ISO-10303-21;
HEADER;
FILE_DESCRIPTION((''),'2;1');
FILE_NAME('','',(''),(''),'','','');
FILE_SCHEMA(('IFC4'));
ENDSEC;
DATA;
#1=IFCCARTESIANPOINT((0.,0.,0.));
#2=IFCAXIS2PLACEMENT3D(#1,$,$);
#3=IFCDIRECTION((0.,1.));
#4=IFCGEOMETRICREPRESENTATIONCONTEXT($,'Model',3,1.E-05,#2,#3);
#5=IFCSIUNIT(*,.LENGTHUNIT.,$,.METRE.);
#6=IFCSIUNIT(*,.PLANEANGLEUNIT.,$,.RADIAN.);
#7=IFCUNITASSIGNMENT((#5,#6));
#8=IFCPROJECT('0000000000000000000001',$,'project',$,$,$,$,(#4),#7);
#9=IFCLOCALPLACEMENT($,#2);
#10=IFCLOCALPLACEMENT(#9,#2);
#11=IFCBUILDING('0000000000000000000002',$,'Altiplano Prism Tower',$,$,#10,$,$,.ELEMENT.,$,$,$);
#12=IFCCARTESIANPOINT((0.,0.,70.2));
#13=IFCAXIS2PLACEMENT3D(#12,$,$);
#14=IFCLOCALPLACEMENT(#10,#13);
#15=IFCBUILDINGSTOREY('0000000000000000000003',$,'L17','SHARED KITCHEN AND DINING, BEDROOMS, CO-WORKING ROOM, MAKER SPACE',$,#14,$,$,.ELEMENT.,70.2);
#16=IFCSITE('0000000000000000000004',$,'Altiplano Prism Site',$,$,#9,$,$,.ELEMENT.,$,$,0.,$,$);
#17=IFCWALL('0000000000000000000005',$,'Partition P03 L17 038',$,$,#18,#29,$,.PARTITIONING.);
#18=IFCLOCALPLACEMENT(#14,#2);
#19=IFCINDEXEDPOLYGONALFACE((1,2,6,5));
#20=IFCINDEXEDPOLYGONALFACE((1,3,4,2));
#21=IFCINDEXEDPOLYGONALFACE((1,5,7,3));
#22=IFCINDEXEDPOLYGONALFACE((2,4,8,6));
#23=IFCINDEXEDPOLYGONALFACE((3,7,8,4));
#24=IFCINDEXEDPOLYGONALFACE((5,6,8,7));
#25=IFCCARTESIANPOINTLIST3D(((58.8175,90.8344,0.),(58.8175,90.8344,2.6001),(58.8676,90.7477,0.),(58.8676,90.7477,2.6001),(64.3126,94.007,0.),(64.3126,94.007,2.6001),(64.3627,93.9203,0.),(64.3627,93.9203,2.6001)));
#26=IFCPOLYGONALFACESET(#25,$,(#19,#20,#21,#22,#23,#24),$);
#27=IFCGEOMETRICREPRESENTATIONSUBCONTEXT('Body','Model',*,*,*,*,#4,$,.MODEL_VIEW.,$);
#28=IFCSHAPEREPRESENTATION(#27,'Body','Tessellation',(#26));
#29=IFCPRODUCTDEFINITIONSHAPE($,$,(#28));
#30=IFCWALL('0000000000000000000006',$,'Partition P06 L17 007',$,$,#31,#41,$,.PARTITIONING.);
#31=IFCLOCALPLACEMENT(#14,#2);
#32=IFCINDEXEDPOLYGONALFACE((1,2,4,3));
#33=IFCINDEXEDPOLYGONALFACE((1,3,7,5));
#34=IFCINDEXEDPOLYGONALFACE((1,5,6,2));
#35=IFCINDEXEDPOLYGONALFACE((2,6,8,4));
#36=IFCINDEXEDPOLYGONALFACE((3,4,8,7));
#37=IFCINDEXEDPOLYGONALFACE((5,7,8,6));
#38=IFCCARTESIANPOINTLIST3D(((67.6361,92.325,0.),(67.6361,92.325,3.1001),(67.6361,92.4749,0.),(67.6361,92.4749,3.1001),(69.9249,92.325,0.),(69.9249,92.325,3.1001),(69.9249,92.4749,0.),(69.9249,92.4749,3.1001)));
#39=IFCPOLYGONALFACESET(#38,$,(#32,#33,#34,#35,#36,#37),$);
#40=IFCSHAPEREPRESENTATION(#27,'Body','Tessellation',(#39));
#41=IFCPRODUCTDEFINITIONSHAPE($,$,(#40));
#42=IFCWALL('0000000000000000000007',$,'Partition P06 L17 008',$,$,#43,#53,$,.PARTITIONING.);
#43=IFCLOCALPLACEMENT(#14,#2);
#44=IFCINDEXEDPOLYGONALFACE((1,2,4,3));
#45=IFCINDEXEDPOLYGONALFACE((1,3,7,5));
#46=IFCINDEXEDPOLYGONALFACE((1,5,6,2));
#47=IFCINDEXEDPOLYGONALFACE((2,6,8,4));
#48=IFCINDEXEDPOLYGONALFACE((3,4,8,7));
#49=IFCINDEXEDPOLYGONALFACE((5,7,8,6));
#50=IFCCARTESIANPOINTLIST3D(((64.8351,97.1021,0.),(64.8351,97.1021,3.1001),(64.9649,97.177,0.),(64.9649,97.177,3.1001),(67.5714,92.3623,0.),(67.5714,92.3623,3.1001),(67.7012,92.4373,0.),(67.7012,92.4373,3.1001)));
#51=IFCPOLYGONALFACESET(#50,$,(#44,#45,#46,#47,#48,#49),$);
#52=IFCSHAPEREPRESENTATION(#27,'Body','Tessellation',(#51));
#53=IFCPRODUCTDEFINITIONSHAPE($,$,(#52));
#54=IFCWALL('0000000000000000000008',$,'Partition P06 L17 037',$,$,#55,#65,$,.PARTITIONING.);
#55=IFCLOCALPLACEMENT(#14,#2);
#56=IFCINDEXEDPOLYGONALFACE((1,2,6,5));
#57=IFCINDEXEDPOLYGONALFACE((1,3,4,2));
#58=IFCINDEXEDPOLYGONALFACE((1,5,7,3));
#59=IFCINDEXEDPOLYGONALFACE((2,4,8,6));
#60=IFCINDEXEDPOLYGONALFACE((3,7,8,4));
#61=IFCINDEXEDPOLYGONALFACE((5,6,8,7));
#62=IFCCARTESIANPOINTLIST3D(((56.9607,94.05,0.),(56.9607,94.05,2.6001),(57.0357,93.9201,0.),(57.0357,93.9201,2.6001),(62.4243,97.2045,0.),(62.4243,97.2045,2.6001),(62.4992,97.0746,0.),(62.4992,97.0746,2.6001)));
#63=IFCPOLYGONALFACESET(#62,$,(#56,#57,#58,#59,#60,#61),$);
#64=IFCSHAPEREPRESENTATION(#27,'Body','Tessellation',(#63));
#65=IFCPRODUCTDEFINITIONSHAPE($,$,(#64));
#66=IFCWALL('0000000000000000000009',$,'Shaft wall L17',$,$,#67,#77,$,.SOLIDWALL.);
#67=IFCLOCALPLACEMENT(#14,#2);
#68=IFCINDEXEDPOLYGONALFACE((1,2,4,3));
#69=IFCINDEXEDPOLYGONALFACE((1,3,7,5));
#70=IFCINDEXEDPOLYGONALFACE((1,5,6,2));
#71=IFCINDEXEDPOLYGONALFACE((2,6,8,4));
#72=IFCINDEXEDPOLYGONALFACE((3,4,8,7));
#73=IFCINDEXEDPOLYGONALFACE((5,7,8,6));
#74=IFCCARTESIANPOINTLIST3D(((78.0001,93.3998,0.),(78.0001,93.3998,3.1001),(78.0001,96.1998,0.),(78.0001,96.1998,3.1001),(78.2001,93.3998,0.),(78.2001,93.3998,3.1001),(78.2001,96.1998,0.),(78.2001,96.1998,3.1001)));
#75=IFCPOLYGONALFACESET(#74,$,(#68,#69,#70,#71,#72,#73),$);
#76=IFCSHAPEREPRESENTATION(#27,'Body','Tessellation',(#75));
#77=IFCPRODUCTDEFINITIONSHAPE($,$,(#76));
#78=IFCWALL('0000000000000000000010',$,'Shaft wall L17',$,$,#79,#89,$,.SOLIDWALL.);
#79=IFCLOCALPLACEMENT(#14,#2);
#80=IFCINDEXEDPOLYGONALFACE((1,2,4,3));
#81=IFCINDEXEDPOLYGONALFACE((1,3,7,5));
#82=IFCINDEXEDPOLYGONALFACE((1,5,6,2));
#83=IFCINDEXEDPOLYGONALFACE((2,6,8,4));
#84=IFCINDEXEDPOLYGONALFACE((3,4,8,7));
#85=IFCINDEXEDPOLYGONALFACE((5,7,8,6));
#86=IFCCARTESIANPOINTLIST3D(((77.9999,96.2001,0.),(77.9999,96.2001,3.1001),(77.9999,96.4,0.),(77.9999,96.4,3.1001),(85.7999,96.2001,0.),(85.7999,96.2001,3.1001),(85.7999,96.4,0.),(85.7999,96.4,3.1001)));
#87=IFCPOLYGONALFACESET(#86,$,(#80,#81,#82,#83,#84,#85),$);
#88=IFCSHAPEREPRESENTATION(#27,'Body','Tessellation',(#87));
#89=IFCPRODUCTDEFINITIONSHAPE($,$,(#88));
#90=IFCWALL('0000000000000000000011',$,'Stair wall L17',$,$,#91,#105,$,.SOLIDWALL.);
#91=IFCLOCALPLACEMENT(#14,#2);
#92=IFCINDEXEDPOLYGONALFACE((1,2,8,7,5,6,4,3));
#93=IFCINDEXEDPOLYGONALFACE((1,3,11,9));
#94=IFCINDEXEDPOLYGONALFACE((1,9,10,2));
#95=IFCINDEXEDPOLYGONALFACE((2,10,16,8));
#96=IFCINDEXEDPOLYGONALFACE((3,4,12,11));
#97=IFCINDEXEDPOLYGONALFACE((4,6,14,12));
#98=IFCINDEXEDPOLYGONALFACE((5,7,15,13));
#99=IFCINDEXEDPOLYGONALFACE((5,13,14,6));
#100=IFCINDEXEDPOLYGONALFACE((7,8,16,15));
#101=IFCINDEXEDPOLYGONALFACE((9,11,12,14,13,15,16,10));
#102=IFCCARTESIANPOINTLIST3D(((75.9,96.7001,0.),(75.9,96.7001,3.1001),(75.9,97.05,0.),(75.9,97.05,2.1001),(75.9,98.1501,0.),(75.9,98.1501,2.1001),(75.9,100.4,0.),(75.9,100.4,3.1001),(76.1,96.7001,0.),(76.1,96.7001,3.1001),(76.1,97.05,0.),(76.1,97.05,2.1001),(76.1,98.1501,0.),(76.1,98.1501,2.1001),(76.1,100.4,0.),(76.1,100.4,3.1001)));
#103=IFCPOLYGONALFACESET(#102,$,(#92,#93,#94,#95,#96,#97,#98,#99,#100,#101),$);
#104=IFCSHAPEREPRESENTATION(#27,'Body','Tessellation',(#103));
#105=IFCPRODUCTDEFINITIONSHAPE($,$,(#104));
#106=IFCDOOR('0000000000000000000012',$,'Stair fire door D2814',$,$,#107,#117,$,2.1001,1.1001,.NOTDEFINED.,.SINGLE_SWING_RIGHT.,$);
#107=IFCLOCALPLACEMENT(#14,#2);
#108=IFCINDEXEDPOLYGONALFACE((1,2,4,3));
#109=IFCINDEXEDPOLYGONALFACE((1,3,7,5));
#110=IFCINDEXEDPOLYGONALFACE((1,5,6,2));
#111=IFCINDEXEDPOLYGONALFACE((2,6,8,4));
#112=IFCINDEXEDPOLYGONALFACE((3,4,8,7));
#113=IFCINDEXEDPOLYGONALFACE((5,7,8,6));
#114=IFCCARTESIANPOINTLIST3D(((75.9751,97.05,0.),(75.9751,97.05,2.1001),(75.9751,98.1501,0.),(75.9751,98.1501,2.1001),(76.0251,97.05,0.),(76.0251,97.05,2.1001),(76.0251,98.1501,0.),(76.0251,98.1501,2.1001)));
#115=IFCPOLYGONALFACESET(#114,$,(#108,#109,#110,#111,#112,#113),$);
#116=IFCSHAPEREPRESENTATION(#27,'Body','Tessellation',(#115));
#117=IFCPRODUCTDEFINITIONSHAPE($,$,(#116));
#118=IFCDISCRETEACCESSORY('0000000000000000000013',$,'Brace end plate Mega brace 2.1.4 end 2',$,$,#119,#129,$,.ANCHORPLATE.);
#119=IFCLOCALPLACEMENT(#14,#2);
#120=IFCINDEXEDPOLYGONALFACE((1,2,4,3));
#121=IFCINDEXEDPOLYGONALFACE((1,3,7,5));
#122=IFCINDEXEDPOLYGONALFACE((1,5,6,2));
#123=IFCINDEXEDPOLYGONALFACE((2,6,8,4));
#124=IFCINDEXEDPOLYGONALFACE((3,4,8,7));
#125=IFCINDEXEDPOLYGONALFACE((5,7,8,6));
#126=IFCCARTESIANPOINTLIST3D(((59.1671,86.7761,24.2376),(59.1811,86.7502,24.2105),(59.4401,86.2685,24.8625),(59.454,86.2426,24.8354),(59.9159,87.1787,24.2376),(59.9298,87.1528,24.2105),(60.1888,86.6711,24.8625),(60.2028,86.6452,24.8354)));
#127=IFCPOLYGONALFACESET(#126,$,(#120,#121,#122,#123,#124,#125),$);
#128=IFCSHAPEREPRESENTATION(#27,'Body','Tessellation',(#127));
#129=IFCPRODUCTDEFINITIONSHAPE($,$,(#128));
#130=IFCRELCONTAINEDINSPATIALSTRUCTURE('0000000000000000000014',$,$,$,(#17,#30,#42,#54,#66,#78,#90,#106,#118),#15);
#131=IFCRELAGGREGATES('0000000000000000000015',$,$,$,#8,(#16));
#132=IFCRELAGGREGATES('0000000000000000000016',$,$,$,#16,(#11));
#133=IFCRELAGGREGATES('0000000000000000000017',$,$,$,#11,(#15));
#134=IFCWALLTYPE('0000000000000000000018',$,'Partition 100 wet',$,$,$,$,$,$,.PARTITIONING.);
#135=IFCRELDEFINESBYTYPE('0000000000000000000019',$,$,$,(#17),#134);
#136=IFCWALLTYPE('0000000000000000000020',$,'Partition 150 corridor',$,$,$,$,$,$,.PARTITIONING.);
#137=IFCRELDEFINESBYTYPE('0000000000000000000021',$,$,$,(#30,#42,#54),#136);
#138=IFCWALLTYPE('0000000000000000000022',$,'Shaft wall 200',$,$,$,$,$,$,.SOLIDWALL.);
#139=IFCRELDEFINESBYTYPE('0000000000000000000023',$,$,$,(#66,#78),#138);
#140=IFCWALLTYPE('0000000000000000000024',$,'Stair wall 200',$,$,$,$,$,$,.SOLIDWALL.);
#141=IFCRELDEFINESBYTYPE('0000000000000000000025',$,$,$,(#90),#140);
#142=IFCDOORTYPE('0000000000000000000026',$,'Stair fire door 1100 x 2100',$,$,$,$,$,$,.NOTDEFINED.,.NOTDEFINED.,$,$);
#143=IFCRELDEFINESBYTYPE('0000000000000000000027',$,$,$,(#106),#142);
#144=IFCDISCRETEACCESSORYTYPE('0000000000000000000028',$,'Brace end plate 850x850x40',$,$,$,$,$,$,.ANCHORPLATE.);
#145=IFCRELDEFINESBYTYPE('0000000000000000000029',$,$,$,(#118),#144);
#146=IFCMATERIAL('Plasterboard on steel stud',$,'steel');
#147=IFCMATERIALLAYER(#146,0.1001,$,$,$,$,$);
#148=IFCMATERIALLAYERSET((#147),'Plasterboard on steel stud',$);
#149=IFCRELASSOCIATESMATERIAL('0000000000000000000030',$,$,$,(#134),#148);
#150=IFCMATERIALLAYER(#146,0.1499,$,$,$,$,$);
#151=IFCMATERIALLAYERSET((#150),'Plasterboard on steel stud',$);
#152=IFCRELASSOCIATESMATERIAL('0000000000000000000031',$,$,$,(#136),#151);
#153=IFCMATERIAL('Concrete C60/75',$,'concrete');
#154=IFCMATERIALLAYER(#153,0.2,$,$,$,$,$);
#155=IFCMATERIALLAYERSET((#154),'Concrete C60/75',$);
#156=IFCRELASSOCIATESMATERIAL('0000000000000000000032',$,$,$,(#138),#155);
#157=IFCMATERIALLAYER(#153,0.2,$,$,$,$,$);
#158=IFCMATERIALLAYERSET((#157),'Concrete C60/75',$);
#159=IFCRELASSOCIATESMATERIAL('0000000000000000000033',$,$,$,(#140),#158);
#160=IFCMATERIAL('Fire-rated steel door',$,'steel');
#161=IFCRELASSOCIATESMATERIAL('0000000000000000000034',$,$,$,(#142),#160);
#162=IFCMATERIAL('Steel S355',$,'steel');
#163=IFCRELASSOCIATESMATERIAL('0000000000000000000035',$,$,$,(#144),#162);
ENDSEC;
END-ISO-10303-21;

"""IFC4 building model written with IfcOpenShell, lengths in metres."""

from ifc_helpers import new_model, si_unit, direction, frame, frame_2d, origin, origin_2d, place, context, subcontext, project, spatial, rectangle, extrude, material, layer, layer_set, material_profile, profile_set, type_object, element, fill, save


model = new_model("IFC4")

# Units and contexts
model_context = context("Model", 3, precision=1e-05, world=origin(), true_north=direction((0.0, 1.0)))
body_context = subcontext(model_context, "Body", "Model", "MODEL_VIEW")
ifc_project = project(units=[si_unit("LENGTHUNIT", "METRE"), si_unit("PLANEANGLEUNIT", "RADIAN")], contexts=[model_context])

# Site, building, storey
site_placement = place(None, origin())
site = spatial("IfcSite", under=ifc_project, at=site_placement, Name="Altiplano Prism Site", CompositionType="ELEMENT", RefElevation=0.0)
building_placement = place(site_placement, origin())
building = spatial("IfcBuilding", under=site, at=building_placement, Name="Altiplano Prism Tower", CompositionType="ELEMENT")
storey_placement = place(building_placement, frame((0.0, 0.0, 70.2)))
storey = spatial("IfcBuildingStorey", under=building, at=storey_placement, Name="L17", Description="SHARED KITCHEN AND DINING, BEDROOMS, CO-WORKING ROOM, MAKER SPACE", CompositionType="ELEMENT", Elevation=70.2)

# Shared definitions
ifc_material_1 = material(Name="Concrete C60/75", Category="concrete")

# Shared definitions
ifc_material_2 = material(Name="Fire-rated steel door", Category="steel")

# Shared definitions
ifc_material_3 = material(Name="Plasterboard on steel stud", Category="steel")

# Walls
ifc_layer_1 = layer(ifc_material_3, 0.1001)
ifc_layer_set_1 = layer_set([ifc_layer_1], Name="Plasterboard on steel stud")
wall_type_1 = type_object("IfcWallType", Name="Partition 100 wet", PredefinedType="PARTITIONING", material=ifc_layer_set_1)
wall_1_placement = place(storey_placement, frame((58.8425, 90.791, 0.0), z_axis=(0.0, 0.0, 1.0), x_axis=(0.866025, 0.5, 0.0)))
element("IfcWall", 1, at=wall_1_placement, inside=storey, type_object=wall_type_1, Name="Partition P03 L17 038", PredefinedType="PARTITIONING", context=body_context, shape_type="SweptSolid", body=[
    extrude(rectangle(XDim=6.3452, YDim=0.1001, at=frame_2d((3.1726, 0.0))), origin(), (0.0, 0.0, 1.0), 2.6001),
])
ifc_layer_2 = layer(ifc_material_3, 0.1499)
ifc_layer_set_2 = layer_set([ifc_layer_2], Name="Plasterboard on steel stud")
wall_type_2 = type_object("IfcWallType", Name="Partition 150 corridor", PredefinedType="PARTITIONING", material=ifc_layer_set_2)
wall_2_placement = place(storey_placement, frame((69.925, 92.3999, 0.0), z_axis=(0.0, 0.0, 1.0), x_axis=(-1.0, 0.0, 0.0)))
element("IfcWall", 2, at=wall_2_placement, inside=storey, type_object=wall_type_2, Name="Partition P06 L17 007", PredefinedType="PARTITIONING", context=body_context, shape_type="SweptSolid", body=[
    extrude(rectangle(XDim=2.2888, YDim=0.1499, at=frame_2d((1.1445, 0.0))), origin(), (0.0, 0.0, 1.0), 3.1001),
])
wall_3_placement = place(storey_placement, frame((67.6362, 92.3999, 0.0), z_axis=(0.0, 0.0, 1.0), x_axis=(-0.499977, 0.866039, 0.0)))
element("IfcWall", 3, at=wall_3_placement, inside=storey, type_object=wall_type_2, Name="Partition P06 L17 008", PredefinedType="PARTITIONING", context=body_context, shape_type="SweptSolid", body=[
    extrude(rectangle(XDim=5.4729, YDim=0.1499, at=frame_2d((2.7363, 0.0))), origin(), (0.0, 0.0, 1.0), 3.1001),
])
wall_4_placement = place(storey_placement, frame((56.9983, 93.9851, 0.0), z_axis=(0.0, 0.0, 1.0), x_axis=(0.866017, 0.500014, 0.0)))
element("IfcWall", 4, at=wall_4_placement, inside=storey, type_object=wall_type_2, Name="Partition P06 L17 037", PredefinedType="PARTITIONING", context=body_context, shape_type="SweptSolid", body=[
    extrude(rectangle(XDim=6.3088, YDim=0.1499, at=frame_2d((3.1543, 0.0))), origin(), (0.0, 0.0, 1.0), 2.6001),
])
ifc_layer_3 = layer(ifc_material_1, 0.2)
ifc_layer_set_3 = layer_set([ifc_layer_3], Name="Concrete C60/75")
wall_type_3 = type_object("IfcWallType", Name="Shaft wall 200", PredefinedType="SOLIDWALL", material=ifc_layer_set_3)
wall_5_placement = place(storey_placement, frame((78.1001, 93.3999, 0.0), z_axis=(0.0, 0.0, 1.0), x_axis=(0.0, 1.0, 0.0)))
element("IfcWall", 5, at=wall_5_placement, inside=storey, type_object=wall_type_3, Name="Shaft wall L17", PredefinedType="SOLIDWALL", context=body_context, shape_type="SweptSolid", body=[
    extrude(rectangle(XDim=2.8, YDim=0.2, at=frame_2d((1.3999, 0.0))), origin(), (0.0, 0.0, 1.0), 3.1001),
])
wall_6_placement = place(storey_placement, frame((78.0, 96.3, 0.0), z_axis=(0.0, 0.0, 1.0), x_axis=(1.0, 0.0, 0.0)))
element("IfcWall", 6, at=wall_6_placement, inside=storey, type_object=wall_type_3, Name="Shaft wall L17", PredefinedType="SOLIDWALL", context=body_context, shape_type="SweptSolid", body=[
    extrude(rectangle(XDim=7.8, YDim=0.2, at=frame_2d((3.8999, 0.0))), origin(), (0.0, 0.0, 1.0), 3.1001),
])

# Wall, opening, door
ifc_layer_4 = layer(ifc_material_1, 0.2)
ifc_layer_set_4 = layer_set([ifc_layer_4], Name="Concrete C60/75")
wall_type_4 = type_object("IfcWallType", Name="Stair wall 200", PredefinedType="SOLIDWALL", material=ifc_layer_set_4)
wall_7_placement = place(storey_placement, frame((76.0, 96.7, 0.0), z_axis=(0.0, 0.0, 1.0), x_axis=(0.0, 1.0, 0.0)))
wall_7 = element("IfcWall", 7, at=wall_7_placement, inside=storey, type_object=wall_type_4, Name="Stair wall L17", PredefinedType="SOLIDWALL", context=body_context, shape_type="SweptSolid", body=[
    extrude(rectangle(XDim=3.7, YDim=0.2, at=frame_2d((1.8501, 0.0))), origin(), (0.0, 0.0, 1.0), 3.1001),
])
opening_1_placement = place(wall_7_placement, frame((0.3501, 0.0, 0.0)))
opening_1 = element("IfcOpeningElement", 8, at=opening_1_placement, cuts=wall_7, PredefinedType="OPENING", context=body_context, shape_type="SweptSolid", body=[
    extrude(rectangle(XDim=1.1001, YDim=2.1001, at=frame_2d((0.55, 1.05))), frame((0.0, 0.1104, 0.0), z_axis=(0.0, -1.0, 0.0), x_axis=(1.0, 0.0, 0.0)), (0.0, 0.0, 1.0), 0.2209),
])
door_type_1 = type_object("IfcDoorType", Name="Stair fire door 1100 x 2100", OperationType="NOTDEFINED", PredefinedType="NOTDEFINED", material=ifc_material_2)
door_1_placement = place(opening_1_placement, origin())
door_1 = element("IfcDoor", 9, at=door_1_placement, inside=storey, type_object=door_type_1, Name="Stair fire door D2814", OperationType="SINGLE_SWING_RIGHT", OverallHeight=2.1001, OverallWidth=1.1001, PredefinedType="NOTDEFINED", context=body_context, shape_type="SweptSolid", body=[
    extrude(rectangle(XDim=1.1001, YDim=2.1001, at=frame_2d((0.55, 1.05))), frame((0.0, 0.0249, 0.0), z_axis=(0.0, -1.0, 0.0), x_axis=(1.0, 0.0, 0.0)), (0.0, 0.0, 1.0), 0.05),
])
fill(opening_1, door_1)

# Discrete accessory
ifc_material_4 = material(Name="Steel S355", Category="steel")
ifc_material_profile_1 = material_profile(ifc_material_4, rectangle(XDim=0.8501, YDim=0.8501, at=origin_2d()), Name="Brace end plate 850x850x40")
ifc_profile_set_1 = profile_set([ifc_material_profile_1], Name="Steel S355")
discrete_accessory_type = type_object("IfcDiscreteAccessoryType", Name="Brace end plate 850x850x40", PredefinedType="ANCHORPLATE", material=ifc_profile_set_1)
discrete_accessory_placement = place(storey_placement, frame((59.678, 86.7236, 24.55), z_axis=(0.348144, -0.647426, -0.677965), x_axis=(0.880738, 0.473604, 0.0)))
element("IfcDiscreteAccessory", 10, at=discrete_accessory_placement, inside=storey, type_object=discrete_accessory_type, Name="Brace end plate Mega brace 2.1.4 end 2", PredefinedType="ANCHORPLATE", context=body_context, shape_type="SweptSolid", body=[
    extrude(rectangle(XDim=0.8501, YDim=0.8501, at=origin_2d()), origin(), (0.0, 0.0, 1.0), 0.04),
])

save(model, "model.ifc")
